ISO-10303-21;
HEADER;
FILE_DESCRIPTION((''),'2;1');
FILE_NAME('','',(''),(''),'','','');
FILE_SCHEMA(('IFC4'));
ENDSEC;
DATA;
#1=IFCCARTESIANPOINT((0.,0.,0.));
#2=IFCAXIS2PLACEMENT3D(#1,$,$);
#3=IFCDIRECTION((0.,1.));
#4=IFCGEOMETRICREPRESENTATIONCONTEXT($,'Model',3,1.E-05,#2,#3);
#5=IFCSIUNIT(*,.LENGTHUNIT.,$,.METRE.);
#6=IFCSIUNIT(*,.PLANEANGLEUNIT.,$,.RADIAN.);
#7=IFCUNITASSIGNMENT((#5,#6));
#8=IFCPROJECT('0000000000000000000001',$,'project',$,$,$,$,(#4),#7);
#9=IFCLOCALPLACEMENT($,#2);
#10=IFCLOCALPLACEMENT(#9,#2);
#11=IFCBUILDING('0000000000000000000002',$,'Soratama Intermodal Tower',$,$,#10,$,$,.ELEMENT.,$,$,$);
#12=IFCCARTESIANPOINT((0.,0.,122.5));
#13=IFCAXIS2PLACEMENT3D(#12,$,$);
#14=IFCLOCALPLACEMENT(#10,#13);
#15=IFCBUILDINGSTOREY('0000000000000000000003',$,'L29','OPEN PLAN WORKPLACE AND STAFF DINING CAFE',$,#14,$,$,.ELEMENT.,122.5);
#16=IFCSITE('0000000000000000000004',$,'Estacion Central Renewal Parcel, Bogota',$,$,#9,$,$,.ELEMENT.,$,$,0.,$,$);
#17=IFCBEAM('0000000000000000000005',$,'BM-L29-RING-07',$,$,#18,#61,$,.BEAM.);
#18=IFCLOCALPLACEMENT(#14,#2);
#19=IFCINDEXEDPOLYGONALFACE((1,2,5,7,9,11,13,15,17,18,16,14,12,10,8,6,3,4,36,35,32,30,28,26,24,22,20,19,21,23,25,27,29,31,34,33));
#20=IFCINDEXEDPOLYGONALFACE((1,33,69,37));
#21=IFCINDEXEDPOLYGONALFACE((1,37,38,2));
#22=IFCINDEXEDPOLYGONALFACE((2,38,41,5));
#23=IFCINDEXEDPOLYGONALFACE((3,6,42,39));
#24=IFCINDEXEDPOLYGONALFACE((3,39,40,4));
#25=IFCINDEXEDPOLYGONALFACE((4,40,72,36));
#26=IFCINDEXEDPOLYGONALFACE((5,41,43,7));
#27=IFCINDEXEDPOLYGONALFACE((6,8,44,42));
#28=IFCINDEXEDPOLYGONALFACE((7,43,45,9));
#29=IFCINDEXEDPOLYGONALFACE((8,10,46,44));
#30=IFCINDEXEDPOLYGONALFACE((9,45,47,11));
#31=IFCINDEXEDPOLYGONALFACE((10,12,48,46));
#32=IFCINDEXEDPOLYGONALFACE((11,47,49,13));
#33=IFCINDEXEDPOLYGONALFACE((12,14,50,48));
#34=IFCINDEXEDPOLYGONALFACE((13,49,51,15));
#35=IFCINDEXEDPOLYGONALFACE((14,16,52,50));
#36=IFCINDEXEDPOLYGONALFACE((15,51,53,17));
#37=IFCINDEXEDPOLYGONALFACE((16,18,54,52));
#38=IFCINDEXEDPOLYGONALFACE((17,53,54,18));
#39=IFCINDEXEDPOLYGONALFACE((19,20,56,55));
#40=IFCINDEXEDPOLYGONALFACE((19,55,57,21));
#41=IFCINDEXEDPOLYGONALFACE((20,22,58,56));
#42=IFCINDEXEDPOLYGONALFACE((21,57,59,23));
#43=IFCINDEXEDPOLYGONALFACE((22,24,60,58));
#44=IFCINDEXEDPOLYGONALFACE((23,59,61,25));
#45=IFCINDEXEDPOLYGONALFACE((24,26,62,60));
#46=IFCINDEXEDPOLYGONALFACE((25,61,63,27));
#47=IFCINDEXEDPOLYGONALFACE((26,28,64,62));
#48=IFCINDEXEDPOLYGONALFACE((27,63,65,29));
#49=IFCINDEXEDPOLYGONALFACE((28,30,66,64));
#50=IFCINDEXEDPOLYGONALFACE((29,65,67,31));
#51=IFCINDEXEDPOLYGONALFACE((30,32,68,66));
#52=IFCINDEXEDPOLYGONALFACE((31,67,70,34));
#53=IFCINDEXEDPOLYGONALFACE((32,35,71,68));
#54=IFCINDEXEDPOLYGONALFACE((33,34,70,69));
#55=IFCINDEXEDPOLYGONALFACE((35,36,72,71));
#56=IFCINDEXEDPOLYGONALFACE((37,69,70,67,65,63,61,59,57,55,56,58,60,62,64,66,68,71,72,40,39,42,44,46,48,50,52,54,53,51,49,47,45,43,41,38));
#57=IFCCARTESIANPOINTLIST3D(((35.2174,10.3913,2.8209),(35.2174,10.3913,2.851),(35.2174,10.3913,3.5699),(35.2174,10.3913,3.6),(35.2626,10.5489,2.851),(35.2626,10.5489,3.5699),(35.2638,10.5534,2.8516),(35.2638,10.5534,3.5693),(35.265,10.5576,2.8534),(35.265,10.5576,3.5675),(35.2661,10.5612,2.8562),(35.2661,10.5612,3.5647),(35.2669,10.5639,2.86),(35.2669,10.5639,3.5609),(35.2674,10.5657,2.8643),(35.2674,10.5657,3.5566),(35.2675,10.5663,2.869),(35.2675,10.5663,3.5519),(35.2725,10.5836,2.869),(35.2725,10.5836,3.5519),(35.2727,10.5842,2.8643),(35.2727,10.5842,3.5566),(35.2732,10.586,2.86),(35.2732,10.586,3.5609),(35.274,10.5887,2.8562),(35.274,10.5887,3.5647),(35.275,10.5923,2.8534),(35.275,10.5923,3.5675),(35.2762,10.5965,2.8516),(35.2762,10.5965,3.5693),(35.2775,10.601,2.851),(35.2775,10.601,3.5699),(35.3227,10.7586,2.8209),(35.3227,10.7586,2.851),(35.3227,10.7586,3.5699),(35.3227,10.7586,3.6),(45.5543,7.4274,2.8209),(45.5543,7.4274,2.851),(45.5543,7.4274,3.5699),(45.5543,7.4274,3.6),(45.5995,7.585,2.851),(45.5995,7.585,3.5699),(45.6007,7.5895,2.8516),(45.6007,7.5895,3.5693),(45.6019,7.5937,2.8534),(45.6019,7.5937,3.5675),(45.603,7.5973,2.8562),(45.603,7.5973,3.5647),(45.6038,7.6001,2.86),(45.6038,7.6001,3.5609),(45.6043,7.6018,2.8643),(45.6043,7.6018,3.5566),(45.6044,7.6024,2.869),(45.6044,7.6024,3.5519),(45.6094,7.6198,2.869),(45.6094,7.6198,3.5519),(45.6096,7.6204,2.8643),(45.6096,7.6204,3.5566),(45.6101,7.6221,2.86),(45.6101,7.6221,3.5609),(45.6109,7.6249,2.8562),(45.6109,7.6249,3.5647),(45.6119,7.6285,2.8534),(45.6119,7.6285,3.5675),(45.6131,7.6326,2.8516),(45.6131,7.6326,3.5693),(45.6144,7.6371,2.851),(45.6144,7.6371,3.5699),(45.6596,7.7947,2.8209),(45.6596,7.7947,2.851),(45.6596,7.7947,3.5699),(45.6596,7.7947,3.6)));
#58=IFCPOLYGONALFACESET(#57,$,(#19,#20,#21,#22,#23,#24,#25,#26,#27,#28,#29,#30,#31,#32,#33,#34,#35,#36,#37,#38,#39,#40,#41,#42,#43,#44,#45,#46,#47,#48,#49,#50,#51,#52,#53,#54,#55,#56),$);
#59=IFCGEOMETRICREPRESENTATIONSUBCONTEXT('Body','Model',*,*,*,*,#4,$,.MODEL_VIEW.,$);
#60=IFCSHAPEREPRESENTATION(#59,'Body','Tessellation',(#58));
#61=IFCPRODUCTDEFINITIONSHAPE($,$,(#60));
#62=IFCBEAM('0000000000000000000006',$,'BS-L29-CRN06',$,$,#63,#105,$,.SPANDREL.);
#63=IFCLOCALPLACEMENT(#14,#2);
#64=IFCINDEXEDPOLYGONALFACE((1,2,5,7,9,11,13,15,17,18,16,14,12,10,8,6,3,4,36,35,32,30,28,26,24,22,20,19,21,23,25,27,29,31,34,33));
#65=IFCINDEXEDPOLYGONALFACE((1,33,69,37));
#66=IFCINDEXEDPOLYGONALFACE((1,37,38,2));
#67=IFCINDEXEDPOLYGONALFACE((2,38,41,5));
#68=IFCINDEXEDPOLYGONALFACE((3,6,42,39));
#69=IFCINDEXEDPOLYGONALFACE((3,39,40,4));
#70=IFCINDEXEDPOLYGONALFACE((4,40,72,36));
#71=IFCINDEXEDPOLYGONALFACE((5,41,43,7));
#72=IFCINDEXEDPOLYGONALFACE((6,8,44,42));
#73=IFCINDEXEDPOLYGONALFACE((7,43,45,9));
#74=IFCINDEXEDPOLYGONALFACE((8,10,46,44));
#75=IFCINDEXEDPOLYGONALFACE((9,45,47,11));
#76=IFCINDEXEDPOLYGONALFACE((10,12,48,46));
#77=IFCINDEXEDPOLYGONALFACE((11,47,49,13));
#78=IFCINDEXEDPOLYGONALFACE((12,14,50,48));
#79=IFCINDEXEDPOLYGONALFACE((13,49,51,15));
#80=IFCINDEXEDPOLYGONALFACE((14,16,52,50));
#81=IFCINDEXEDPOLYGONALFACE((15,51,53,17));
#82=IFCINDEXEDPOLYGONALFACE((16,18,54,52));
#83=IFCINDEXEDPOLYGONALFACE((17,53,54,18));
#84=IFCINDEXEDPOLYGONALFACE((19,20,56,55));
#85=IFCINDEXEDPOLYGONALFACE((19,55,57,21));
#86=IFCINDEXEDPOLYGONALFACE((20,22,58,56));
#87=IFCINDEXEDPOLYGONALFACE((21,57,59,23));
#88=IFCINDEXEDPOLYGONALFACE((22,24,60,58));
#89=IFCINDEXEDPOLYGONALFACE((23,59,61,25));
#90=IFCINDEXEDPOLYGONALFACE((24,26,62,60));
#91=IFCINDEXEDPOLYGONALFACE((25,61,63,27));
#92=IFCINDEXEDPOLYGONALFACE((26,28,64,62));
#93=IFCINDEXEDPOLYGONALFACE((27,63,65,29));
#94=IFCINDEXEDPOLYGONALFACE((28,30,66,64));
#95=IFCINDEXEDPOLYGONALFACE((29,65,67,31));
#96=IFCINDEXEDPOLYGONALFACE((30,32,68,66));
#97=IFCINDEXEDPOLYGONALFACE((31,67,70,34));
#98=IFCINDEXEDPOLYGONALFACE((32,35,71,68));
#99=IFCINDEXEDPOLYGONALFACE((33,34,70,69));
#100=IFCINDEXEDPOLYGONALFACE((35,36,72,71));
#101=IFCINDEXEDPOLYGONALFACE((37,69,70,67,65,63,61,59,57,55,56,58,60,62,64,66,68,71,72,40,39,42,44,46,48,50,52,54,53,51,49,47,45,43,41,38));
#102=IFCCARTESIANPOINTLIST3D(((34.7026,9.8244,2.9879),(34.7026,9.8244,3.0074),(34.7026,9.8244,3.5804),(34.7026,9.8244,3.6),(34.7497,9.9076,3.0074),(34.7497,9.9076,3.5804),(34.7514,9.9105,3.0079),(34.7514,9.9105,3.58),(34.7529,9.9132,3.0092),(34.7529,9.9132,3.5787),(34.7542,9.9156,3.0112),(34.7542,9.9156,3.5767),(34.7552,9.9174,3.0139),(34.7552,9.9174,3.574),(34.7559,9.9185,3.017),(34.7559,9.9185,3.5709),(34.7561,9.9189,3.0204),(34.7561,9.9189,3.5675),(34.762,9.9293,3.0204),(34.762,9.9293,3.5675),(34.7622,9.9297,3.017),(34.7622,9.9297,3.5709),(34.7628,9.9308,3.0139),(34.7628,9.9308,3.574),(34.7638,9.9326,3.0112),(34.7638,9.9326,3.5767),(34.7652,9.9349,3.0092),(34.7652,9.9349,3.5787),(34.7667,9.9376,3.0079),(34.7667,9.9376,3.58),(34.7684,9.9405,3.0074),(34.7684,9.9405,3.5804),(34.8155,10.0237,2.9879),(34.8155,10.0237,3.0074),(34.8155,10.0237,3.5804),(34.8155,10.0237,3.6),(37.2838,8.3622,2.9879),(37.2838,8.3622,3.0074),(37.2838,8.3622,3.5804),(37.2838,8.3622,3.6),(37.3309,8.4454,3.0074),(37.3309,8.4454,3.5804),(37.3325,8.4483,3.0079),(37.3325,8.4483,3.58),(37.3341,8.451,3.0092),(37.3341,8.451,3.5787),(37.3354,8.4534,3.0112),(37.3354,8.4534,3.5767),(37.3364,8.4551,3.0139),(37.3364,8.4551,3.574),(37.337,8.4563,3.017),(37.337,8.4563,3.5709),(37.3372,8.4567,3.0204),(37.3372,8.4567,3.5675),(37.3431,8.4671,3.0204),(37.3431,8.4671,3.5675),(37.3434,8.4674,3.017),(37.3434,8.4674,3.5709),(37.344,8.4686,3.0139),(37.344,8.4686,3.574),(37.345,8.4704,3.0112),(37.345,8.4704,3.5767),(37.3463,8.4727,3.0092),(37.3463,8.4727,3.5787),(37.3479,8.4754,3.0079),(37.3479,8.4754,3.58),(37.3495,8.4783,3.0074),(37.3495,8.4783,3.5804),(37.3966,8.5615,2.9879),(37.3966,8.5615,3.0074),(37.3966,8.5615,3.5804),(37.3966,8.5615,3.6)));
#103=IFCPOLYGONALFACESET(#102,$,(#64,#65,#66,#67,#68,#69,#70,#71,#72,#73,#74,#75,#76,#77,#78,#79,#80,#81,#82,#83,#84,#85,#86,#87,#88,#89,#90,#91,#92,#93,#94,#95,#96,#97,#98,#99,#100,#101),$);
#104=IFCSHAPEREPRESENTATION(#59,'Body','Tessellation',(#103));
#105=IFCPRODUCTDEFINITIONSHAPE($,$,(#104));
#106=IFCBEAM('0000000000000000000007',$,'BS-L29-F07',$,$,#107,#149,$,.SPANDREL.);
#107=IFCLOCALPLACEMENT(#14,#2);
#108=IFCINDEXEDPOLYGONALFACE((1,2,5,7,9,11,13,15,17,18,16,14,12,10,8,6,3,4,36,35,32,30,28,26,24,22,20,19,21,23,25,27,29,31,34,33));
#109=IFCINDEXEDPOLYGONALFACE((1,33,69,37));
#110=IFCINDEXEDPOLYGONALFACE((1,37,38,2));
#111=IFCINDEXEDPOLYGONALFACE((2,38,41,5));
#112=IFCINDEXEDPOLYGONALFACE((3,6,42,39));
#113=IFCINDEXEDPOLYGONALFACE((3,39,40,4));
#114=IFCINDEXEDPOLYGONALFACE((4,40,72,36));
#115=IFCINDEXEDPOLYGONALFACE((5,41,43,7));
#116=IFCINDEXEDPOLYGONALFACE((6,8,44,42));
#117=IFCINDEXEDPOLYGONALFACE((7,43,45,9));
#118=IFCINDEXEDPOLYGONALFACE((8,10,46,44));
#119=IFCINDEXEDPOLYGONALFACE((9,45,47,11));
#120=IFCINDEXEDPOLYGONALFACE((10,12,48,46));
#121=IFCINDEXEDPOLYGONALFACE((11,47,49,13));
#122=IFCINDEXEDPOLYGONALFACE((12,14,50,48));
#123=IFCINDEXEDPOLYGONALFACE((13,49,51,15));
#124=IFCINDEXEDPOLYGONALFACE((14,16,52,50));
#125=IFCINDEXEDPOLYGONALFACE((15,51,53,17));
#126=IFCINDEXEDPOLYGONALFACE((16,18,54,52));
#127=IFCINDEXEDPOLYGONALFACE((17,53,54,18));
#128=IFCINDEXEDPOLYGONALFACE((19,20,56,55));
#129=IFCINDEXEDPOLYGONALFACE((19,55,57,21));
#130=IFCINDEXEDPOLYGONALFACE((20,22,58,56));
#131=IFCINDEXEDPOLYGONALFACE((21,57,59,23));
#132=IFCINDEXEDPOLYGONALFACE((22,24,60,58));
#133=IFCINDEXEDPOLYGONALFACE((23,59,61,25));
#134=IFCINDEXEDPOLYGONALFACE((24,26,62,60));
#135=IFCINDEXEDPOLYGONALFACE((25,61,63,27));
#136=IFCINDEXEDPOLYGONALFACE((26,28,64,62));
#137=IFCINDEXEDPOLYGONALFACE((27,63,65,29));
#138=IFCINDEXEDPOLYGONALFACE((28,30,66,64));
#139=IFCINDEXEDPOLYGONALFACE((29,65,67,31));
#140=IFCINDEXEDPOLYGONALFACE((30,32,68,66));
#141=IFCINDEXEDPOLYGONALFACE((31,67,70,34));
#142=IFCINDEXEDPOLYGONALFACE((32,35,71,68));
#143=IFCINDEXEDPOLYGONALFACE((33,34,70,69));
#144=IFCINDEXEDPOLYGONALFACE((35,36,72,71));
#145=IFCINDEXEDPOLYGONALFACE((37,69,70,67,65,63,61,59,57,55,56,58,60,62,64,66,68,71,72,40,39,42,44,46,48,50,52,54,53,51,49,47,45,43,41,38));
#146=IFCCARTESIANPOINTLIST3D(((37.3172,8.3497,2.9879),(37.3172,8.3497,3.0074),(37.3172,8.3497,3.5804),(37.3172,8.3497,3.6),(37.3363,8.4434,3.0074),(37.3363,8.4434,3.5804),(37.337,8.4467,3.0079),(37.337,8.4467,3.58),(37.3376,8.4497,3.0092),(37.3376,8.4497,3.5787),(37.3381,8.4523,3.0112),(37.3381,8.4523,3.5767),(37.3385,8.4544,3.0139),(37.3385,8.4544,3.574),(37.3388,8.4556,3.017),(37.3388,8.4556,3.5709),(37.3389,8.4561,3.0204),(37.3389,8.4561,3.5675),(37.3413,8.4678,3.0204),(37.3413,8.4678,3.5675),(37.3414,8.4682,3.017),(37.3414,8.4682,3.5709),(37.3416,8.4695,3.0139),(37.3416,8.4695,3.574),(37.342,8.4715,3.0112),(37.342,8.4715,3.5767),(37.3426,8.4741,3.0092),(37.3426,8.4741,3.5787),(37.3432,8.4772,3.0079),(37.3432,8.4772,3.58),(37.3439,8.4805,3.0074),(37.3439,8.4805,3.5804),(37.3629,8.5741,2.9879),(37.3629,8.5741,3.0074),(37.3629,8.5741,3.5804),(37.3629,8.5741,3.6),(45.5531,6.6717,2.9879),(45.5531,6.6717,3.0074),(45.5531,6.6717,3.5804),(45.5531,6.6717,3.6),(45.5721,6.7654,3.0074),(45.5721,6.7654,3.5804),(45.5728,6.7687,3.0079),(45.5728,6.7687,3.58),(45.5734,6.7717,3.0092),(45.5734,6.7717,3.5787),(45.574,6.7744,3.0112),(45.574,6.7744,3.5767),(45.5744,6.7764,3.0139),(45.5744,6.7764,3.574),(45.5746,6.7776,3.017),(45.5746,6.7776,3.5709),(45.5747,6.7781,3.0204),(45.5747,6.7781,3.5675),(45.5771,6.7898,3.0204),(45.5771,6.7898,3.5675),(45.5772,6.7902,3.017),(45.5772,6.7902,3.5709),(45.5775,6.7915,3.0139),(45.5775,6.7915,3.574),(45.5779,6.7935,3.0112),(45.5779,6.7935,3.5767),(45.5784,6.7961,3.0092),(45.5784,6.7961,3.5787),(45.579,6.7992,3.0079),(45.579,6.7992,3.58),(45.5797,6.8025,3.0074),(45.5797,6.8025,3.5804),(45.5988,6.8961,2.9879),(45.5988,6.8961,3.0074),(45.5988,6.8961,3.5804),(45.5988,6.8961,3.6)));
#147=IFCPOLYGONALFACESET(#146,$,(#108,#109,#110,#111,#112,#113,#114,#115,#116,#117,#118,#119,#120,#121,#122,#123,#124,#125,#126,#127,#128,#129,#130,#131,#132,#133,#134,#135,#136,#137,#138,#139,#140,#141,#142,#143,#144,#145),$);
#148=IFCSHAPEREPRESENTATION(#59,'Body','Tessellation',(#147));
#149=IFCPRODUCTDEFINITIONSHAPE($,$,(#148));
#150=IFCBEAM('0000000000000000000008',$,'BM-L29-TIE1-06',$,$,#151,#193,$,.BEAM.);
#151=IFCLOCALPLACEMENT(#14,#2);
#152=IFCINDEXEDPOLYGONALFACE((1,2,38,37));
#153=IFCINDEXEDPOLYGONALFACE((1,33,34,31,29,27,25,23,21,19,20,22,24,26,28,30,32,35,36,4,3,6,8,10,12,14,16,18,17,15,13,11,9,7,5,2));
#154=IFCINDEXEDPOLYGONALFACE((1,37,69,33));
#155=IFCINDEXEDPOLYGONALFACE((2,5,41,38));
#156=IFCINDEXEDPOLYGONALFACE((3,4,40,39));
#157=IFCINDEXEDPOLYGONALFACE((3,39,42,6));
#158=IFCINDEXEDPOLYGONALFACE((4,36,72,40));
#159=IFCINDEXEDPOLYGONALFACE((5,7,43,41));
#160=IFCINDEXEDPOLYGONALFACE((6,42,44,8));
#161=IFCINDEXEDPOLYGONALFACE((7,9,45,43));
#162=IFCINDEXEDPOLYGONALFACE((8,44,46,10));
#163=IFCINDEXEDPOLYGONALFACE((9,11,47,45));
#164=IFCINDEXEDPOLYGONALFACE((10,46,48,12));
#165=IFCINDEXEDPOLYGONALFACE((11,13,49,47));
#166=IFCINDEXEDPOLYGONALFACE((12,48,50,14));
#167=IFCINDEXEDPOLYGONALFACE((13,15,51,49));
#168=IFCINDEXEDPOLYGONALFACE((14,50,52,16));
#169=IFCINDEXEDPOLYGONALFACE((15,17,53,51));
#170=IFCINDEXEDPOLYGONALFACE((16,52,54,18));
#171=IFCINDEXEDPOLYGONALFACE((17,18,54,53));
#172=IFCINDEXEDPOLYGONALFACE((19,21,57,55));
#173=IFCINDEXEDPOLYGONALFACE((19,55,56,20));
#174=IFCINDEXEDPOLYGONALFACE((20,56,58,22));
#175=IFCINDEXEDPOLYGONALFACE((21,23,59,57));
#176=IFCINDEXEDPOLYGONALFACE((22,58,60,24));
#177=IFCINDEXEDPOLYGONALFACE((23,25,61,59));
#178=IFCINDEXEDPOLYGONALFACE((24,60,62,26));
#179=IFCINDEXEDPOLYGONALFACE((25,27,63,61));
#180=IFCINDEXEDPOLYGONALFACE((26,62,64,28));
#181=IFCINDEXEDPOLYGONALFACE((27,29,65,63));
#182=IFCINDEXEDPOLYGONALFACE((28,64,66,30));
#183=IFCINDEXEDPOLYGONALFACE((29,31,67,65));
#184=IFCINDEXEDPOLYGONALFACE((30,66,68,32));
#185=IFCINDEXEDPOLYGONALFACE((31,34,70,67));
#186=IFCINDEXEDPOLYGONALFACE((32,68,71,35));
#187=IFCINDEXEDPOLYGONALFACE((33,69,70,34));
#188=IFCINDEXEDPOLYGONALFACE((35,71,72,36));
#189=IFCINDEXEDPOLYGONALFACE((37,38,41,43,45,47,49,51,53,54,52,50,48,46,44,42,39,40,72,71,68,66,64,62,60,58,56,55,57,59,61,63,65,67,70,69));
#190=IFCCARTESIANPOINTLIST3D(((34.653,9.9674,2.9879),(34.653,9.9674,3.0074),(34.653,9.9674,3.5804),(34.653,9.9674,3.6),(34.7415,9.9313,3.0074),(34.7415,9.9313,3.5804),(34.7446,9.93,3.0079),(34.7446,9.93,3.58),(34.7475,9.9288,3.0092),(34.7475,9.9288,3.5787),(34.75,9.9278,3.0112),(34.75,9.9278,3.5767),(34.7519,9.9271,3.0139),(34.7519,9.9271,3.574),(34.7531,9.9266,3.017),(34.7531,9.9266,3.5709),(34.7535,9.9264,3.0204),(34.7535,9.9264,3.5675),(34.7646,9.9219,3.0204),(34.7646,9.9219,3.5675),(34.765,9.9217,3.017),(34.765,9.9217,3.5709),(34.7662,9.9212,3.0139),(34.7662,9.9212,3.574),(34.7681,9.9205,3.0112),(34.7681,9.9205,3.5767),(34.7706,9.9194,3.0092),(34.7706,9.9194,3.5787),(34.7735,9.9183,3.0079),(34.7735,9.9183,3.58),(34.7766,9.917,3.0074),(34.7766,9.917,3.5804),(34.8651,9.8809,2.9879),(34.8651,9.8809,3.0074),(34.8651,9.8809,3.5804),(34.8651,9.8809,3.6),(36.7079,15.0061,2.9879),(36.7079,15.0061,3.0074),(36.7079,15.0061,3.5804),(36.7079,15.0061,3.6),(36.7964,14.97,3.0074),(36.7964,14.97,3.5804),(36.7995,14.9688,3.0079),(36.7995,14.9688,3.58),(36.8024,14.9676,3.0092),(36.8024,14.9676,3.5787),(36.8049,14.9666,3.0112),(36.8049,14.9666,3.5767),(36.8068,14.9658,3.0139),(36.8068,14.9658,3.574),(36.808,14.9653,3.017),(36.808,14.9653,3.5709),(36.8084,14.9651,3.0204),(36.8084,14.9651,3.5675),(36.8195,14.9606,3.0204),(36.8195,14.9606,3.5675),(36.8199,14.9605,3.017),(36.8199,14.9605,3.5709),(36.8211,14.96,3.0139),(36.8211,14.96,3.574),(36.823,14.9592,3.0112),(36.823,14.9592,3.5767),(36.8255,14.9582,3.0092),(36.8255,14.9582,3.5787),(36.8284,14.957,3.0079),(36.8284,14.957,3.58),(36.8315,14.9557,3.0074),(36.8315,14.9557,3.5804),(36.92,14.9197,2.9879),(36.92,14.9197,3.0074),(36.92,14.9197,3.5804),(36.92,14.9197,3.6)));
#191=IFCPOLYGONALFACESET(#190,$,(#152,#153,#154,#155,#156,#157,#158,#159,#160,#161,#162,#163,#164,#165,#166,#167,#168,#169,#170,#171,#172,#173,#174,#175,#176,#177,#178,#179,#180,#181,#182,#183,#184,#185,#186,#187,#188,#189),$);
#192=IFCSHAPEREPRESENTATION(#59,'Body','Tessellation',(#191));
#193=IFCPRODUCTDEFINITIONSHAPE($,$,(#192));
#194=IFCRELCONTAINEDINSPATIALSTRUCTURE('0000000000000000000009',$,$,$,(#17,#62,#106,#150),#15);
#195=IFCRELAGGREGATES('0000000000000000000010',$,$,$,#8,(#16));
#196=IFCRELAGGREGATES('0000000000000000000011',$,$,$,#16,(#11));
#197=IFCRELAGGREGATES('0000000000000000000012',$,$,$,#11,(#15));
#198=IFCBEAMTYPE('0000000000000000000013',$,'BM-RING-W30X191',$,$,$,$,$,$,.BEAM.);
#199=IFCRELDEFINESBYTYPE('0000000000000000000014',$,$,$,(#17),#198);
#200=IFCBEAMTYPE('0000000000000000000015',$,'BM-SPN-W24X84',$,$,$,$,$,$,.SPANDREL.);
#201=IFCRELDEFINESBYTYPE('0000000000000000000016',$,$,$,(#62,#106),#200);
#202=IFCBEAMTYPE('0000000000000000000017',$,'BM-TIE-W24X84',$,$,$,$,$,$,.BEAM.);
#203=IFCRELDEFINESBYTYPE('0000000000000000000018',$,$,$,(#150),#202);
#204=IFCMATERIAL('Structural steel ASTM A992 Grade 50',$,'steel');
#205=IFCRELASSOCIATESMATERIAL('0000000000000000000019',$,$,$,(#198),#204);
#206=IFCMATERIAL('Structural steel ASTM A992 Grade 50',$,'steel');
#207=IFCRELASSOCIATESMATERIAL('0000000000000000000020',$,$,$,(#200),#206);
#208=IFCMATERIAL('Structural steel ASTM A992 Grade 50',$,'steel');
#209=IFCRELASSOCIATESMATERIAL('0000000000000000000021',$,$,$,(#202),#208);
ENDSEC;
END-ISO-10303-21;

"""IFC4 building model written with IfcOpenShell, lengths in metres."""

from ifc_helpers import new_model, si_unit, direction, frame, origin, origin_2d, place, context, subcontext, project, spatial, i_section, extrude, material, material_profile, profile_set, type_object, element, save


model = new_model("IFC4")

# Units and contexts
model_context = context("Model", 3, precision=1e-05, world=origin(), true_north=direction((0.0, 1.0)))
body_context = subcontext(model_context, "Body", "Model", "MODEL_VIEW")
ifc_project = project(units=[si_unit("LENGTHUNIT", "METRE"), si_unit("PLANEANGLEUNIT", "RADIAN")], contexts=[model_context])

# Site, building, storey
site_placement = place(None, origin())
site = spatial("IfcSite", under=ifc_project, at=site_placement, Name="Estacion Central Renewal Parcel, Bogota", CompositionType="ELEMENT", RefElevation=0.0)
building_placement = place(site_placement, origin())
building = spatial("IfcBuilding", under=site, at=building_placement, Name="Soratama Intermodal Tower", CompositionType="ELEMENT")
storey_placement = place(building_placement, frame((0.0, 0.0, 122.5)))
storey = spatial("IfcBuildingStorey", under=building, at=storey_placement, Name="L29", Description="OPEN PLAN WORKPLACE AND STAFF DINING CAFE", CompositionType="ELEMENT", Elevation=122.5)

# Beams
ifc_material_1 = material(Name="Structural steel ASTM A992 Grade 50", Category="steel")
ifc_material_profile_1 = material_profile(ifc_material_1, i_section(OverallWidth=0.3821, OverallDepth=0.7791, WebThickness=0.0181, FlangeThickness=0.03, FilletRadius=0.0181, at=origin_2d()), Name="W30X191")
ifc_profile_set_1 = profile_set([ifc_material_profile_1], Name="Structural steel ASTM A992 Grade 50")
beam_type_1 = type_object("IfcBeamType", Name="BM-RING-W30X191", PredefinedType="BEAM", material=ifc_profile_set_1)
beam_1_placement = place(storey_placement, frame((35.27, 10.575, 3.2104), z_axis=(0.961267, -0.275621, 0.0), x_axis=(0.275621, 0.961267, 0.0)))
element("IfcBeam", 1, at=beam_1_placement, inside=storey, type_object=beam_type_1, Name="BM-L29-RING-07", PredefinedType="BEAM", context=body_context, shape_type="SweptSolid", body=[
    extrude(i_section(OverallWidth=0.3821, OverallDepth=0.7791, WebThickness=0.0181, FlangeThickness=0.03, FilletRadius=0.0181, at=origin_2d()), origin(), (0.0, 0.0, 1.0), 10.7534),
])
ifc_material_2 = material(Name="Structural steel ASTM A992 Grade 50", Category="steel")
ifc_material_profile_2 = material_profile(ifc_material_2, i_section(OverallWidth=0.229, OverallDepth=0.6121, WebThickness=0.012, FlangeThickness=0.0195, FilletRadius=0.0129, at=origin_2d()), Name="W24X84")
ifc_profile_set_2 = profile_set([ifc_material_profile_2], Name="Structural steel ASTM A992 Grade 50")
beam_type_2 = type_object("IfcBeamType", Name="BM-SPN-W24X84", PredefinedType="SPANDREL", material=ifc_profile_set_2)
beam_2_placement = place(storey_placement, frame((34.759, 9.9241, 3.2939), z_axis=(0.870086, -0.4929, 0.0), x_axis=(0.4929, 0.870086, 0.0)))
element("IfcBeam", 2, at=beam_2_placement, inside=storey, type_object=beam_type_2, Name="BS-L29-CRN06", PredefinedType="SPANDREL", context=body_context, shape_type="SweptSolid", body=[
    extrude(i_section(OverallWidth=0.229, OverallDepth=0.6121, WebThickness=0.012, FlangeThickness=0.0195, FilletRadius=0.0129, at=origin_2d()), origin(), (0.0, 0.0, 1.0), 2.9666),
])
beam_3_placement = place(storey_placement, frame((37.3401, 8.4619, 3.2939), z_axis=(0.979869, -0.19964, 0.0), x_axis=(0.19964, 0.979869, 0.0)))
element("IfcBeam", 3, at=beam_3_placement, inside=storey, type_object=beam_type_2, Name="BS-L29-F07", PredefinedType="SPANDREL", context=body_context, shape_type="SweptSolid", body=[
    extrude(i_section(OverallWidth=0.229, OverallDepth=0.6121, WebThickness=0.012, FlangeThickness=0.0195, FilletRadius=0.0129, at=origin_2d()), origin(), (0.0, 0.0, 1.0), 8.405),
])
ifc_material_3 = material(Name="Structural steel ASTM A992 Grade 50", Category="steel")
ifc_material_profile_3 = material_profile(ifc_material_3, i_section(OverallWidth=0.229, OverallDepth=0.6121, WebThickness=0.012, FlangeThickness=0.0195, FilletRadius=0.0129, at=origin_2d()), Name="W24X84")
ifc_profile_set_3 = profile_set([ifc_material_profile_3], Name="Structural steel ASTM A992 Grade 50")
beam_type_3 = type_object("IfcBeamType", Name="BM-TIE-W24X84", PredefinedType="BEAM", material=ifc_profile_set_3)
beam_4_placement = place(storey_placement, frame((36.814, 14.9629, 3.2939), z_axis=(-0.377625, -0.925959, 0.0), x_axis=(0.925959, -0.377625, 0.0)))
element("IfcBeam", 4, at=beam_4_placement, inside=storey, type_object=beam_type_3, Name="BM-L29-TIE1-06", PredefinedType="BEAM", context=body_context, shape_type="SweptSolid", body=[
    extrude(i_section(OverallWidth=0.229, OverallDepth=0.6121, WebThickness=0.012, FlangeThickness=0.0195, FilletRadius=0.0129, at=origin_2d()), origin(), (0.0, 0.0, 1.0), 5.4417),
])

save(model, "model.ifc")
